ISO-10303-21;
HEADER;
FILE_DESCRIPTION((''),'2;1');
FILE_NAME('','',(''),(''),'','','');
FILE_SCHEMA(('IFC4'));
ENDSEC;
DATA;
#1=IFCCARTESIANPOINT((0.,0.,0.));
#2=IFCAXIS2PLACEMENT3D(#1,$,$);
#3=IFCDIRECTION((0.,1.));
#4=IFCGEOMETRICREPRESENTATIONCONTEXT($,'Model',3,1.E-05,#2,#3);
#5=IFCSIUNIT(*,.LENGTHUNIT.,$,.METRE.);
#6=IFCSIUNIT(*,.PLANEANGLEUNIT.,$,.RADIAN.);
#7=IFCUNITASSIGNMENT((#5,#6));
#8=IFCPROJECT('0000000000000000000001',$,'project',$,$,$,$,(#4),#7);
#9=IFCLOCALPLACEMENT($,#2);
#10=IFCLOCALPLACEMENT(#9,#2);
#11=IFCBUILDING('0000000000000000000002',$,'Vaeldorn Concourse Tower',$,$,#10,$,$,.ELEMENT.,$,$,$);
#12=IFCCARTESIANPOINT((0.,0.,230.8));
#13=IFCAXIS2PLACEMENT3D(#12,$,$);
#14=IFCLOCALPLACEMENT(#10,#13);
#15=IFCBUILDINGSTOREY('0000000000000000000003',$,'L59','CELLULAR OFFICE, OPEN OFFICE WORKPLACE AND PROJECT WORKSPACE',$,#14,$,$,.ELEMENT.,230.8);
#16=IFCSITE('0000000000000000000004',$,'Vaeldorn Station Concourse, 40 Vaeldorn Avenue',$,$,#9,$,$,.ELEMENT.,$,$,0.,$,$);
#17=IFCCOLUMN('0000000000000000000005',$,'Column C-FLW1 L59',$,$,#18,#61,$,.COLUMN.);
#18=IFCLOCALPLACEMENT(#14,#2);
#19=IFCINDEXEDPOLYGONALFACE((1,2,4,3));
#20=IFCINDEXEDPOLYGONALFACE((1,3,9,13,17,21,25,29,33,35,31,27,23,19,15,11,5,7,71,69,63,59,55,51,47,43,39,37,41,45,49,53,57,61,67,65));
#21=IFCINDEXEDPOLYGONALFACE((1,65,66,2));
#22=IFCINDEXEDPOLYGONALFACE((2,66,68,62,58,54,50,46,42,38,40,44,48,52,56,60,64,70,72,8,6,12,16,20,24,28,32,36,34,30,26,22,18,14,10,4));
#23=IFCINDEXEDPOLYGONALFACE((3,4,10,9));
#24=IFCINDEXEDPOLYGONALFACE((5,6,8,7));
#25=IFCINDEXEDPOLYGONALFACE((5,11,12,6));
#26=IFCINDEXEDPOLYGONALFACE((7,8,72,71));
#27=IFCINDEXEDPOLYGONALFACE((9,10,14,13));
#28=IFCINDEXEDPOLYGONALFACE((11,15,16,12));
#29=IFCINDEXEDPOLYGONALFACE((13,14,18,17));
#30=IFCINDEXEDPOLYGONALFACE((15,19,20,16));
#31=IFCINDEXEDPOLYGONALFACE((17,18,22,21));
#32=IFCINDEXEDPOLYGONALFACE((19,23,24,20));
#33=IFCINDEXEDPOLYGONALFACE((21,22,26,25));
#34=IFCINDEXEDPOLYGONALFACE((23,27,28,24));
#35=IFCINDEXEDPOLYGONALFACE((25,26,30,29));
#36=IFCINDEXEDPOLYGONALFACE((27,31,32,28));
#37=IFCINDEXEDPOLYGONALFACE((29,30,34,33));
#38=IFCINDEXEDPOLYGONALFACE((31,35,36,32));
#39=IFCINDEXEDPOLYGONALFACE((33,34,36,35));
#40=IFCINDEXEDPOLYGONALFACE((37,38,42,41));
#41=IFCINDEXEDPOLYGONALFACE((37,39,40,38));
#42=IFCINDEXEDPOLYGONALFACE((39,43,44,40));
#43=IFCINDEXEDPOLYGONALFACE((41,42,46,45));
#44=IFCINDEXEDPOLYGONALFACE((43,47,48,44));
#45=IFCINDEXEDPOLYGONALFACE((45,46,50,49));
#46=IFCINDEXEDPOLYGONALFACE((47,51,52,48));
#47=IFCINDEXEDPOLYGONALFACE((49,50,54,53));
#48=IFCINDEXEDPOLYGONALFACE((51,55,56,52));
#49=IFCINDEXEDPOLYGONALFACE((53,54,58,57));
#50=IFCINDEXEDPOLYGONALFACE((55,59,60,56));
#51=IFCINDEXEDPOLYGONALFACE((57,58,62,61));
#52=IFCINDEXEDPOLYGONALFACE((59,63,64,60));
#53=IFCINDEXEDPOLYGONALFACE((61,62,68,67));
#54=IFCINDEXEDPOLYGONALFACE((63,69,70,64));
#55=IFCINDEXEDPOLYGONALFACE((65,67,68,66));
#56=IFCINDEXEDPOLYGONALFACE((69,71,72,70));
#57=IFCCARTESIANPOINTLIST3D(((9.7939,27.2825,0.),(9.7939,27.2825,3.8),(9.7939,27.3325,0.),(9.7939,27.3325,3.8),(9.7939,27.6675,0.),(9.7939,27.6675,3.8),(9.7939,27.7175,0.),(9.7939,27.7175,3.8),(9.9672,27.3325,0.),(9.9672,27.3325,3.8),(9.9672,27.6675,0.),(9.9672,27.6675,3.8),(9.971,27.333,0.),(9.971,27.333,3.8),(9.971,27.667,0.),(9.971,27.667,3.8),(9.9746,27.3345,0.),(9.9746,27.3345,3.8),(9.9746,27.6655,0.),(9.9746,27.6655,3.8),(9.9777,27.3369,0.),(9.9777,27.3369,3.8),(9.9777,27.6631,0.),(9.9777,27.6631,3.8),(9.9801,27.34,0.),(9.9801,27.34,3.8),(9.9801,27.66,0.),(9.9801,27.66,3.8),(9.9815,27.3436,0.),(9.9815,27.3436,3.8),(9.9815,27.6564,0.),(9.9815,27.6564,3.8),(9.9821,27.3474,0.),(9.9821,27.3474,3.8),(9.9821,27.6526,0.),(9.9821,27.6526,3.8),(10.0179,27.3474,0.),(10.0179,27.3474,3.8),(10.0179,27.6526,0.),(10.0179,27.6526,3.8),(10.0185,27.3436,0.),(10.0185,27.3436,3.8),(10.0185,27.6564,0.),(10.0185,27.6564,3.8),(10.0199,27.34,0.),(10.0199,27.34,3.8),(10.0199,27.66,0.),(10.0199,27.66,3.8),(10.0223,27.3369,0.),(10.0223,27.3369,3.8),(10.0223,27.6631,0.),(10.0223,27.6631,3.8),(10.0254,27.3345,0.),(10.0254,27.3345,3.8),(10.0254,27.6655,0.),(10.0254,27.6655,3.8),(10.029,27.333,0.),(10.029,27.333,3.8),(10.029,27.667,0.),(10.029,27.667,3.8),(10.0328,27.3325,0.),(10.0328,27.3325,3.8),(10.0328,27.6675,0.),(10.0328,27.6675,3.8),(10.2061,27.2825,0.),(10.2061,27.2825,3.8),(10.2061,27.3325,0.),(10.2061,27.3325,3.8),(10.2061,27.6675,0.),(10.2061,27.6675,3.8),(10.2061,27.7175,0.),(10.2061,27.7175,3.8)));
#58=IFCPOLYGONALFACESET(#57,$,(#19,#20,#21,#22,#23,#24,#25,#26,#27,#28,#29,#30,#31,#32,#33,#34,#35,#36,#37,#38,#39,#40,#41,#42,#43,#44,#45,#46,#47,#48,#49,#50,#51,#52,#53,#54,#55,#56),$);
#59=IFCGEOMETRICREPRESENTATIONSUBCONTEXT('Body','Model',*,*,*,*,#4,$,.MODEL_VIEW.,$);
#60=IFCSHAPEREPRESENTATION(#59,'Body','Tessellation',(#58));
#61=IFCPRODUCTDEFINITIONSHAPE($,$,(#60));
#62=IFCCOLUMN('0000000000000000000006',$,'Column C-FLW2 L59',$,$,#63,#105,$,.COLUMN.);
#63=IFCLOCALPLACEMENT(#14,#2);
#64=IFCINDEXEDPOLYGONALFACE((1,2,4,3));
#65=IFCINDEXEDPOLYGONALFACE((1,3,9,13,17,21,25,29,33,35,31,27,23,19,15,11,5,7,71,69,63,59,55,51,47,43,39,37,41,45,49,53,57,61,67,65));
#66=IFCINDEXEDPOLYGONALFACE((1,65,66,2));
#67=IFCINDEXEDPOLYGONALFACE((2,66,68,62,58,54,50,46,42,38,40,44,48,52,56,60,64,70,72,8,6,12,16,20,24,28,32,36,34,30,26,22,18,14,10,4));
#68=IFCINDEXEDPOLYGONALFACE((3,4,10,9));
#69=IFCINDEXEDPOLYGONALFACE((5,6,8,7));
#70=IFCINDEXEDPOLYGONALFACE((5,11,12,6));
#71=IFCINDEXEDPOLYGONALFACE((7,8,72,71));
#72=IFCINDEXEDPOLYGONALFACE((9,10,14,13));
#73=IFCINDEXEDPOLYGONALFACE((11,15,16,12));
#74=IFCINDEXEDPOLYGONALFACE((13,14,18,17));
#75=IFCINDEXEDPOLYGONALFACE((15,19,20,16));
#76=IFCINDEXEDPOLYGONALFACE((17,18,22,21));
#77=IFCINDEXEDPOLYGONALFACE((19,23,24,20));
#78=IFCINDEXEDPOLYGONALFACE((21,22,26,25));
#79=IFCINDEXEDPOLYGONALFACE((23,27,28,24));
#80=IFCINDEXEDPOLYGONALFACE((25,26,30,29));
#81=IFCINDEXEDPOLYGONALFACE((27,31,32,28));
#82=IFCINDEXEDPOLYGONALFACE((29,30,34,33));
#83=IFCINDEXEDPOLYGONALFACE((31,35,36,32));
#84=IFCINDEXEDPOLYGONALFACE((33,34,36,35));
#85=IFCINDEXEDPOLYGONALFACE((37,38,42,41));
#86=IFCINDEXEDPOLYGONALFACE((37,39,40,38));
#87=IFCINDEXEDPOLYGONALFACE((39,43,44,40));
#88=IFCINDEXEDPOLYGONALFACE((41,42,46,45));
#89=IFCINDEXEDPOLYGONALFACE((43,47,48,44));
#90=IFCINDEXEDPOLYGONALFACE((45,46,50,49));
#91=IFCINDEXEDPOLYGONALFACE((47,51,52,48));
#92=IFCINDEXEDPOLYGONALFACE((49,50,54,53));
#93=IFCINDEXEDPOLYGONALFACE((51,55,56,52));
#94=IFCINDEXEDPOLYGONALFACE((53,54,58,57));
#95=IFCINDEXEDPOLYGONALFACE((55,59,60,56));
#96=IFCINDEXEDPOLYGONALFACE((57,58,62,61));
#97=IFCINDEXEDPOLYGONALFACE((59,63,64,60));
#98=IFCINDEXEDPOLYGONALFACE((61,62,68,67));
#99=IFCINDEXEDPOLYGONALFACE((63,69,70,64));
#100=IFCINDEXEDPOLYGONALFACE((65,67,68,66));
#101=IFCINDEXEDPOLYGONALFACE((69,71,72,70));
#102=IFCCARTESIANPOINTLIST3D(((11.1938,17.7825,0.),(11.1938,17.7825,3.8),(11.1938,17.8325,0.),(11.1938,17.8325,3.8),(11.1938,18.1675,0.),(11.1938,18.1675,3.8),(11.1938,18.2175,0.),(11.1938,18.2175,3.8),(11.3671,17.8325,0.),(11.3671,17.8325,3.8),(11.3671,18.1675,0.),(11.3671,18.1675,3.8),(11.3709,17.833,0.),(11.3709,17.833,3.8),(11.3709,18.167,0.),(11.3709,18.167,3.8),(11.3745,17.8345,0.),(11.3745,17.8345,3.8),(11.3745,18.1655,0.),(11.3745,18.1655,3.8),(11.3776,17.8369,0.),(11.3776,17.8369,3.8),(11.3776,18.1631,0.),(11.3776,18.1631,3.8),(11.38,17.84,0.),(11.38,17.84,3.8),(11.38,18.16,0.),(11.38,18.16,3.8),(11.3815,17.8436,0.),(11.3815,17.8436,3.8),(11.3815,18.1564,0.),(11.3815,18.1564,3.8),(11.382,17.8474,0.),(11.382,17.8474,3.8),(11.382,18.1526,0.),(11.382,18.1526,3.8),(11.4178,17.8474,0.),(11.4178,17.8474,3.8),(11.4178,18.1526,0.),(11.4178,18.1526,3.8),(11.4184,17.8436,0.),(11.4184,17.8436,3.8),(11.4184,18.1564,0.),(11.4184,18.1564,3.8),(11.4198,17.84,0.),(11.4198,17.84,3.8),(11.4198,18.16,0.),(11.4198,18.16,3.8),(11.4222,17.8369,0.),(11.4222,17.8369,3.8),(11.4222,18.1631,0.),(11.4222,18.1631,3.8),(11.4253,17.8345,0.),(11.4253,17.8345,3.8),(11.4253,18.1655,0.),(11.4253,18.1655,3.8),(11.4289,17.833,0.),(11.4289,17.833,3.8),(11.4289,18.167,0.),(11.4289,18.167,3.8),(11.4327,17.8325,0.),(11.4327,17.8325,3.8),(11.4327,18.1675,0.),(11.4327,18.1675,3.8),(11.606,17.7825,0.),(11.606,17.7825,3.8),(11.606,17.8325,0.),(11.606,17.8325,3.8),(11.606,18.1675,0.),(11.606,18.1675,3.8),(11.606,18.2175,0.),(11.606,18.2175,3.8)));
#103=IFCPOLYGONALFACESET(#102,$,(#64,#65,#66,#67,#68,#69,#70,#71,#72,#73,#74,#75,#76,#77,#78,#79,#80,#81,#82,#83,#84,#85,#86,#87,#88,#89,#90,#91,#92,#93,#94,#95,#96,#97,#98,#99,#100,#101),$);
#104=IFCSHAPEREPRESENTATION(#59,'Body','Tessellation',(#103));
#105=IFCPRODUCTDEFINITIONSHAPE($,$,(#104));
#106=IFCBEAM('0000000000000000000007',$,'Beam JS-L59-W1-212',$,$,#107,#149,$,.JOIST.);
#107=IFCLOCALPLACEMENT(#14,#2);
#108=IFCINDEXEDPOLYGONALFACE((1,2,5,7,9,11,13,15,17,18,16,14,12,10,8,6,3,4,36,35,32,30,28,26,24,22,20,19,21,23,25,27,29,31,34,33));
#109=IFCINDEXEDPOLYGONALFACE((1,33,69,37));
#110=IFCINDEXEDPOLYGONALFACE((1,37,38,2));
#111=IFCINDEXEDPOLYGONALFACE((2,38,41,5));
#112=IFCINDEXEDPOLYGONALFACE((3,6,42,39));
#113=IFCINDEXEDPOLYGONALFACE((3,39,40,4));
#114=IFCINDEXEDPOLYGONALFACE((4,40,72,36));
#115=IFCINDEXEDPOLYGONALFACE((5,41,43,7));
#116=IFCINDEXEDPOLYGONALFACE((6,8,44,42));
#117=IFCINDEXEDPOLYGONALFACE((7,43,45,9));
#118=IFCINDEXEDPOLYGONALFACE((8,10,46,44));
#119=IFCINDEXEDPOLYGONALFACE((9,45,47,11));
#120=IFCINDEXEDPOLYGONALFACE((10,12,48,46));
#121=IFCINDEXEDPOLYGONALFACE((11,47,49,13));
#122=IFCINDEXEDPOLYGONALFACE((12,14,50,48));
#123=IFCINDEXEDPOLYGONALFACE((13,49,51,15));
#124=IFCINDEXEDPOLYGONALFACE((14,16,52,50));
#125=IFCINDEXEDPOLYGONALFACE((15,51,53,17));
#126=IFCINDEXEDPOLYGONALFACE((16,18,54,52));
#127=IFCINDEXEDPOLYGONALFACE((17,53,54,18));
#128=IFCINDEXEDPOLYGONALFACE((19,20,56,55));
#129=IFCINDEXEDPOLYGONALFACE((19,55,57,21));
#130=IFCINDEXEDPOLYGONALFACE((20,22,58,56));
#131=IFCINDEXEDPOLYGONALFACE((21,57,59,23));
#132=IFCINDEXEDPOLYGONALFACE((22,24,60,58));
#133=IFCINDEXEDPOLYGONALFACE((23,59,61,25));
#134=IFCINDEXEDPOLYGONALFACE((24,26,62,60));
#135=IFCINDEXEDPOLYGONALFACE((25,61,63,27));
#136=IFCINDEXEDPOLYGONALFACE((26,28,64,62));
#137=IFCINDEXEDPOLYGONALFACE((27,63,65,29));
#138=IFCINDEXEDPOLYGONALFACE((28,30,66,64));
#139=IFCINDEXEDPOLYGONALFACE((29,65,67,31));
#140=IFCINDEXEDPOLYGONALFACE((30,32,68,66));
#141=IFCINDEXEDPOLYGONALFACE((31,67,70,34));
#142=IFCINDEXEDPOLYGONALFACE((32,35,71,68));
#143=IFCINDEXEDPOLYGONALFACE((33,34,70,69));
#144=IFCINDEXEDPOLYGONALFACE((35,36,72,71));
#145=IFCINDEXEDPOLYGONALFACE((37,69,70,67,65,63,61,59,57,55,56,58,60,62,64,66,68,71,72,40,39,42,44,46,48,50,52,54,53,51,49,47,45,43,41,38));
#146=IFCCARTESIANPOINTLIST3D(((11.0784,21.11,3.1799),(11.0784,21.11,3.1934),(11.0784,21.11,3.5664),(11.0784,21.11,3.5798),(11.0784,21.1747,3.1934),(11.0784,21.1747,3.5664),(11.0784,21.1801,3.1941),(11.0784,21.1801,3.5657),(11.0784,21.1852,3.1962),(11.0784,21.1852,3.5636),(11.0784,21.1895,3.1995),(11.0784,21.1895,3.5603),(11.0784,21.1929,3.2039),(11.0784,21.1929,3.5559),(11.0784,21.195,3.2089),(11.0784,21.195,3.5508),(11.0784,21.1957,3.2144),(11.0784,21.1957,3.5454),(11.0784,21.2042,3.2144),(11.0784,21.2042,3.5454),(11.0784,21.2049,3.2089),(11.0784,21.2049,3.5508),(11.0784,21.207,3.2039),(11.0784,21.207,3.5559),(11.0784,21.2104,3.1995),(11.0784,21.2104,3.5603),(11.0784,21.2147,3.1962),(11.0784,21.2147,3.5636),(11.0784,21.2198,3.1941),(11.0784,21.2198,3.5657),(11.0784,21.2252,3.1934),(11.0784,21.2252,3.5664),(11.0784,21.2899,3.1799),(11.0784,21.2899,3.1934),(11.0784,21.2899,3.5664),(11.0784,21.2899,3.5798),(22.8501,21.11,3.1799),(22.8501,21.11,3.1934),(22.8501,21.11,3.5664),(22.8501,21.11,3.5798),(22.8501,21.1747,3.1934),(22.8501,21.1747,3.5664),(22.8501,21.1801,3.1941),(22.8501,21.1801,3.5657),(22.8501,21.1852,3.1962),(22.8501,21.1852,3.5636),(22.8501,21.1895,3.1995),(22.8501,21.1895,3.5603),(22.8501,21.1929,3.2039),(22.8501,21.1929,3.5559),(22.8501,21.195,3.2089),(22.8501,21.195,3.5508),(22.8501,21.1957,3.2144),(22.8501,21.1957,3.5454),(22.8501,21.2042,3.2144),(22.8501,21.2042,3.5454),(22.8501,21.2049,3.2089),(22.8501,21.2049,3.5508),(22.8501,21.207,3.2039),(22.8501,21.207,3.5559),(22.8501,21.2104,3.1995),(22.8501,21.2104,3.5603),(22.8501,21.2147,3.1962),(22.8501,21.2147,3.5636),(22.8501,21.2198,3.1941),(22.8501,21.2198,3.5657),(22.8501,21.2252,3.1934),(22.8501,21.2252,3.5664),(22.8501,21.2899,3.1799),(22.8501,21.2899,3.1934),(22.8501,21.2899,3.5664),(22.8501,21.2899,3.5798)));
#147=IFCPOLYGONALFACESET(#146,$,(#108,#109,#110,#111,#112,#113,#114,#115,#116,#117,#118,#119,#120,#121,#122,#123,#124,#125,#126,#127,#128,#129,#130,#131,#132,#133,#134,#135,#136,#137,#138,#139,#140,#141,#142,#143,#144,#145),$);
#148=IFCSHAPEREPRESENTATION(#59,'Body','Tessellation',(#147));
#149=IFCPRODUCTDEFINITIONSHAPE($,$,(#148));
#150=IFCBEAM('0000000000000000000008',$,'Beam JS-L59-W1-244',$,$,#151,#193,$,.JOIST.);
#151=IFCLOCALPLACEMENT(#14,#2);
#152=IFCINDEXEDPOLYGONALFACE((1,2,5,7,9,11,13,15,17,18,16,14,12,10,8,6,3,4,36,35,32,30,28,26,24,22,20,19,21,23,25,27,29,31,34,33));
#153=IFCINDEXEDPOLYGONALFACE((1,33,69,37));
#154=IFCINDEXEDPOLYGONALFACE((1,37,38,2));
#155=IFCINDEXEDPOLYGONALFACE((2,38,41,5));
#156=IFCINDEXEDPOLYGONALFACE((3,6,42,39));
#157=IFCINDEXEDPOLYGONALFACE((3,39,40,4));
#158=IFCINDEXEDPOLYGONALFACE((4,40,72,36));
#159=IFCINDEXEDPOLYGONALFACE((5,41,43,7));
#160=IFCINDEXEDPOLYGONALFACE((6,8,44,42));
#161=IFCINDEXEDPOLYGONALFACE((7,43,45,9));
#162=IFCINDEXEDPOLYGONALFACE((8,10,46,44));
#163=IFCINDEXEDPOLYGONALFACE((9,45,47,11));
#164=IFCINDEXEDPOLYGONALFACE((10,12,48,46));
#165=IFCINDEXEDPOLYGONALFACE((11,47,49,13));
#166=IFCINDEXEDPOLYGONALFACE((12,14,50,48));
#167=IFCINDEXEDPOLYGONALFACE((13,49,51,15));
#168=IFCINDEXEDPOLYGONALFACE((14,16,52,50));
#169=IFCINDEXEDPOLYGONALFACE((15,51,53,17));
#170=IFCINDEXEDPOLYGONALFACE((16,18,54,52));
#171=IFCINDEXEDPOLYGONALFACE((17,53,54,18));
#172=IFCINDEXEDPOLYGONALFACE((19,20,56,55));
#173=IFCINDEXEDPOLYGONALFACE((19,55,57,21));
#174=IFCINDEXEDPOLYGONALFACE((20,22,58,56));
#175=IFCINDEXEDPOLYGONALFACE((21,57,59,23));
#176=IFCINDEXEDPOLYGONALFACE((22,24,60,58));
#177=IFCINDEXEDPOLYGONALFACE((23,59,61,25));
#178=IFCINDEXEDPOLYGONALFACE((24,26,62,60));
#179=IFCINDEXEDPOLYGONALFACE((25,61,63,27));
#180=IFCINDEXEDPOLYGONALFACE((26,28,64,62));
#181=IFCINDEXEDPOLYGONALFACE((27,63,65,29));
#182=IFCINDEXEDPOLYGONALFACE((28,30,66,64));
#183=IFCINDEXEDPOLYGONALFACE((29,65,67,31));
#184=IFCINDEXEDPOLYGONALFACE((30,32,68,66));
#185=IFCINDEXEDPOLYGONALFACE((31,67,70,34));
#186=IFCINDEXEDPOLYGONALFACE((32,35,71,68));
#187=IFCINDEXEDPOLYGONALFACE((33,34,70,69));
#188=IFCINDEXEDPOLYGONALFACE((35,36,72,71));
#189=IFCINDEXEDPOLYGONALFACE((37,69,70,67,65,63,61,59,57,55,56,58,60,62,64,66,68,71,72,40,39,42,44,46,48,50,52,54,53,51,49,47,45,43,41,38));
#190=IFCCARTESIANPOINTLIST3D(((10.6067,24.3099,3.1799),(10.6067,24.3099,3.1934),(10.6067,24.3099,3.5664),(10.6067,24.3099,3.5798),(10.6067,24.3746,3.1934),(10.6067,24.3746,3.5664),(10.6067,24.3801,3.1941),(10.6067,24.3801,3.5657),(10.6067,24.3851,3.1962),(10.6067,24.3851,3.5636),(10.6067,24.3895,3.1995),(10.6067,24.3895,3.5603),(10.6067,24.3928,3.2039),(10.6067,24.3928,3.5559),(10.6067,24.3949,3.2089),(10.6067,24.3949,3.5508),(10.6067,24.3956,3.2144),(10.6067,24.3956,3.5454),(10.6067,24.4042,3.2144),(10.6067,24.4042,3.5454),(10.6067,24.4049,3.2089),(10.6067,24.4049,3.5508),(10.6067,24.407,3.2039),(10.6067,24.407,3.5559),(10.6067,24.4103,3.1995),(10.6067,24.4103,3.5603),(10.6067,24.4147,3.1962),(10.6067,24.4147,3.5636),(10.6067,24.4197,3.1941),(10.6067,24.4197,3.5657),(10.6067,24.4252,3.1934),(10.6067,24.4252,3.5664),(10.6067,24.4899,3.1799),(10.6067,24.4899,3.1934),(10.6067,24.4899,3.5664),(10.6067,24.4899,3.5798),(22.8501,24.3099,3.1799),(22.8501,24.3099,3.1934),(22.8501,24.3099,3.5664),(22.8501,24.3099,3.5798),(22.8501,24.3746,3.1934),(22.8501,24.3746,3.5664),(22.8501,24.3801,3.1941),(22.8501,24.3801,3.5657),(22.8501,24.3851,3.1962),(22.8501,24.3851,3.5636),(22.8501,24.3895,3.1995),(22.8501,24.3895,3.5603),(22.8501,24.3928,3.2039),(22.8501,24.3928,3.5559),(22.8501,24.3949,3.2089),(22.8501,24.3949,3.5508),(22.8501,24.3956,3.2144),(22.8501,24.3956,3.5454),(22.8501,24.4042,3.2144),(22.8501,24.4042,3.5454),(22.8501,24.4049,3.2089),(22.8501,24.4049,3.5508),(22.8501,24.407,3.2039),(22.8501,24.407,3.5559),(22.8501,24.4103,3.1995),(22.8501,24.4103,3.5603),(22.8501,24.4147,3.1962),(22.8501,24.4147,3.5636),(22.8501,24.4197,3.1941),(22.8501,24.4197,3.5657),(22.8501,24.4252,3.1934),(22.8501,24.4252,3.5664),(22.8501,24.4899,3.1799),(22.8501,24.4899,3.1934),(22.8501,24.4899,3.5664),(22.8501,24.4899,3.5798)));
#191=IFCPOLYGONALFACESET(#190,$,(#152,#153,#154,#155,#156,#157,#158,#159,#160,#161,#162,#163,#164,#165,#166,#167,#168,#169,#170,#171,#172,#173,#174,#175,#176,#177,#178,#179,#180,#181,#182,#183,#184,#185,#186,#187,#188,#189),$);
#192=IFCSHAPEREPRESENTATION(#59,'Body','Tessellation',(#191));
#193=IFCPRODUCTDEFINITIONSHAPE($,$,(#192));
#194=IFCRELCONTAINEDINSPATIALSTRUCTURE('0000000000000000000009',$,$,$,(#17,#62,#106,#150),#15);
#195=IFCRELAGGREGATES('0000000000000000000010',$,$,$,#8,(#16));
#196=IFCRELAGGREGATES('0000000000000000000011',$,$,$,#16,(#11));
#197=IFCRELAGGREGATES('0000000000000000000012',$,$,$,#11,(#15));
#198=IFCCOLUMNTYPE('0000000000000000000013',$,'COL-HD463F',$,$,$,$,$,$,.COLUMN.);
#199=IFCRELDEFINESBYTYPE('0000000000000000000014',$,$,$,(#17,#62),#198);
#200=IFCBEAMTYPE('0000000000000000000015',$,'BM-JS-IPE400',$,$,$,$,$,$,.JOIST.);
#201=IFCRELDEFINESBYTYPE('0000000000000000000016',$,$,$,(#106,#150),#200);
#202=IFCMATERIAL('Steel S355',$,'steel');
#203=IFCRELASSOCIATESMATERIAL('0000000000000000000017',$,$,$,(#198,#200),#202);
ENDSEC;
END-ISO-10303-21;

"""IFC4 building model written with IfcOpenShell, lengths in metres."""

from ifc_helpers import new_model, si_unit, direction, frame, origin, origin_2d, place, context, subcontext, project, spatial, i_section, extrude, source, transform, mapped, material, material_profile, profile_set, type_object, element, save


model = new_model("IFC4")

# Units and contexts
model_context = context("Model", 3, precision=1e-05, world=origin(), true_north=direction((0.0, 1.0)))
body_context = subcontext(model_context, "Body", "Model", "MODEL_VIEW")
ifc_project = project(units=[si_unit("LENGTHUNIT", "METRE"), si_unit("PLANEANGLEUNIT", "RADIAN")], contexts=[model_context])

# Site, building, storey
site_placement = place(None, origin())
site = spatial("IfcSite", under=ifc_project, at=site_placement, Name="Vaeldorn Station Concourse, 40 Vaeldorn Avenue", CompositionType="ELEMENT", RefElevation=0.0)
building_placement = place(site_placement, origin())
building = spatial("IfcBuilding", under=site, at=building_placement, Name="Vaeldorn Concourse Tower", CompositionType="ELEMENT")
storey_placement = place(building_placement, frame((0.0, 0.0, 230.8)))
storey = spatial("IfcBuildingStorey", under=building, at=storey_placement, Name="L59", Description="CELLULAR OFFICE, OPEN OFFICE WORKPLACE AND PROJECT WORKSPACE", CompositionType="ELEMENT", Elevation=230.8)

# Columns
ifc_material_1 = material(Name="Steel S355", Category="steel")
ifc_material_profile_1 = material_profile(ifc_material_1, i_section(OverallWidth=0.4121, OverallDepth=0.4351, WebThickness=0.0359, FlangeThickness=0.05, FilletRadius=0.0149, at=origin_2d()), Name="HD 400x463")
ifc_profile_set_1 = profile_set([ifc_material_profile_1], Name="Steel S355")
column_type = type_object("IfcColumnType", Name="COL-HD463F", PredefinedType="COLUMN", material=ifc_profile_set_1)
shared_shape_1 = source(origin(), body_context, "Body", "SweptSolid", [
    extrude(i_section(OverallWidth=0.4121, OverallDepth=0.4351, WebThickness=0.0359, FlangeThickness=0.05, FilletRadius=0.0149, at=origin_2d()), origin(), (0.0, 0.0, 1.0), 3.8),
])
for number, where, z_axis, x_axis, name in (
    (1, (10.0, 27.5, 0.0), (0.0, 0.0, 1.0), (1.0, 0.0, 0.0), "Column C-FLW1 L59"),
    (2, (11.3999, 18.0, 0.0), (0.0, 0.0, 1.0), (1.0, 0.0, 0.0), "Column C-FLW2 L59"),
):
    element("IfcColumn", number, at=place(storey_placement, frame(where, z_axis=z_axis, x_axis=x_axis)), inside=storey, type_object=column_type, Name=name, PredefinedType="COLUMN", context=body_context, shape_type="MappedRepresentation", body=[
        mapped(shared_shape_1, transform((0.0, 0.0, 0.0), scale=1.0)),
    ])

# Beams
ifc_material_profile_2 = material_profile(ifc_material_1, i_section(OverallWidth=0.1799, OverallDepth=0.3999, WebThickness=0.0085, FlangeThickness=0.0134, FilletRadius=0.021, at=origin_2d()), Name="IPE 400")
ifc_profile_set_2 = profile_set([ifc_material_profile_2], Name="Steel S355")
beam_type_1 = type_object("IfcBeamType", Name="BM-JS-IPE400", PredefinedType="JOIST", material=ifc_profile_set_2)
shared_shape_2 = source(origin(), body_context, "Body", "SweptSolid", [
    extrude(i_section(OverallWidth=0.1799, OverallDepth=0.3999, WebThickness=0.0085, FlangeThickness=0.0134, FilletRadius=0.021, at=origin_2d()), origin(), (0.0, 0.0, 1.0), 11.7717),
])
beam_1_placement = place(storey_placement, frame((11.0784, 21.2, 3.3799), z_axis=(1.0, 0.0, 0.0), x_axis=(0.0, 1.0, 0.0)))
element("IfcBeam", 3, at=beam_1_placement, inside=storey, type_object=beam_type_1, Name="Beam JS-L59-W1-212", PredefinedType="JOIST", context=body_context, shape_type="MappedRepresentation", body=[
    mapped(shared_shape_2, transform((0.0, 0.0, 0.0), scale=1.0)),
])
shared_shape_3 = source(origin(), body_context, "Body", "SweptSolid", [
    extrude(i_section(OverallWidth=0.1799, OverallDepth=0.3999, WebThickness=0.0085, FlangeThickness=0.0134, FilletRadius=0.021, at=origin_2d()), origin(), (0.0, 0.0, 1.0), 12.2434),
])
beam_2_placement = place(storey_placement, frame((10.6067, 24.3999, 3.3799), z_axis=(1.0, 0.0, 0.0), x_axis=(0.0, 1.0, 0.0)))
element("IfcBeam", 4, at=beam_2_placement, inside=storey, type_object=beam_type_1, Name="Beam JS-L59-W1-244", PredefinedType="JOIST", context=body_context, shape_type="MappedRepresentation", body=[
    mapped(shared_shape_3, transform((0.0, 0.0, 0.0), scale=1.0)),
])

save(model, "model.ifc")
